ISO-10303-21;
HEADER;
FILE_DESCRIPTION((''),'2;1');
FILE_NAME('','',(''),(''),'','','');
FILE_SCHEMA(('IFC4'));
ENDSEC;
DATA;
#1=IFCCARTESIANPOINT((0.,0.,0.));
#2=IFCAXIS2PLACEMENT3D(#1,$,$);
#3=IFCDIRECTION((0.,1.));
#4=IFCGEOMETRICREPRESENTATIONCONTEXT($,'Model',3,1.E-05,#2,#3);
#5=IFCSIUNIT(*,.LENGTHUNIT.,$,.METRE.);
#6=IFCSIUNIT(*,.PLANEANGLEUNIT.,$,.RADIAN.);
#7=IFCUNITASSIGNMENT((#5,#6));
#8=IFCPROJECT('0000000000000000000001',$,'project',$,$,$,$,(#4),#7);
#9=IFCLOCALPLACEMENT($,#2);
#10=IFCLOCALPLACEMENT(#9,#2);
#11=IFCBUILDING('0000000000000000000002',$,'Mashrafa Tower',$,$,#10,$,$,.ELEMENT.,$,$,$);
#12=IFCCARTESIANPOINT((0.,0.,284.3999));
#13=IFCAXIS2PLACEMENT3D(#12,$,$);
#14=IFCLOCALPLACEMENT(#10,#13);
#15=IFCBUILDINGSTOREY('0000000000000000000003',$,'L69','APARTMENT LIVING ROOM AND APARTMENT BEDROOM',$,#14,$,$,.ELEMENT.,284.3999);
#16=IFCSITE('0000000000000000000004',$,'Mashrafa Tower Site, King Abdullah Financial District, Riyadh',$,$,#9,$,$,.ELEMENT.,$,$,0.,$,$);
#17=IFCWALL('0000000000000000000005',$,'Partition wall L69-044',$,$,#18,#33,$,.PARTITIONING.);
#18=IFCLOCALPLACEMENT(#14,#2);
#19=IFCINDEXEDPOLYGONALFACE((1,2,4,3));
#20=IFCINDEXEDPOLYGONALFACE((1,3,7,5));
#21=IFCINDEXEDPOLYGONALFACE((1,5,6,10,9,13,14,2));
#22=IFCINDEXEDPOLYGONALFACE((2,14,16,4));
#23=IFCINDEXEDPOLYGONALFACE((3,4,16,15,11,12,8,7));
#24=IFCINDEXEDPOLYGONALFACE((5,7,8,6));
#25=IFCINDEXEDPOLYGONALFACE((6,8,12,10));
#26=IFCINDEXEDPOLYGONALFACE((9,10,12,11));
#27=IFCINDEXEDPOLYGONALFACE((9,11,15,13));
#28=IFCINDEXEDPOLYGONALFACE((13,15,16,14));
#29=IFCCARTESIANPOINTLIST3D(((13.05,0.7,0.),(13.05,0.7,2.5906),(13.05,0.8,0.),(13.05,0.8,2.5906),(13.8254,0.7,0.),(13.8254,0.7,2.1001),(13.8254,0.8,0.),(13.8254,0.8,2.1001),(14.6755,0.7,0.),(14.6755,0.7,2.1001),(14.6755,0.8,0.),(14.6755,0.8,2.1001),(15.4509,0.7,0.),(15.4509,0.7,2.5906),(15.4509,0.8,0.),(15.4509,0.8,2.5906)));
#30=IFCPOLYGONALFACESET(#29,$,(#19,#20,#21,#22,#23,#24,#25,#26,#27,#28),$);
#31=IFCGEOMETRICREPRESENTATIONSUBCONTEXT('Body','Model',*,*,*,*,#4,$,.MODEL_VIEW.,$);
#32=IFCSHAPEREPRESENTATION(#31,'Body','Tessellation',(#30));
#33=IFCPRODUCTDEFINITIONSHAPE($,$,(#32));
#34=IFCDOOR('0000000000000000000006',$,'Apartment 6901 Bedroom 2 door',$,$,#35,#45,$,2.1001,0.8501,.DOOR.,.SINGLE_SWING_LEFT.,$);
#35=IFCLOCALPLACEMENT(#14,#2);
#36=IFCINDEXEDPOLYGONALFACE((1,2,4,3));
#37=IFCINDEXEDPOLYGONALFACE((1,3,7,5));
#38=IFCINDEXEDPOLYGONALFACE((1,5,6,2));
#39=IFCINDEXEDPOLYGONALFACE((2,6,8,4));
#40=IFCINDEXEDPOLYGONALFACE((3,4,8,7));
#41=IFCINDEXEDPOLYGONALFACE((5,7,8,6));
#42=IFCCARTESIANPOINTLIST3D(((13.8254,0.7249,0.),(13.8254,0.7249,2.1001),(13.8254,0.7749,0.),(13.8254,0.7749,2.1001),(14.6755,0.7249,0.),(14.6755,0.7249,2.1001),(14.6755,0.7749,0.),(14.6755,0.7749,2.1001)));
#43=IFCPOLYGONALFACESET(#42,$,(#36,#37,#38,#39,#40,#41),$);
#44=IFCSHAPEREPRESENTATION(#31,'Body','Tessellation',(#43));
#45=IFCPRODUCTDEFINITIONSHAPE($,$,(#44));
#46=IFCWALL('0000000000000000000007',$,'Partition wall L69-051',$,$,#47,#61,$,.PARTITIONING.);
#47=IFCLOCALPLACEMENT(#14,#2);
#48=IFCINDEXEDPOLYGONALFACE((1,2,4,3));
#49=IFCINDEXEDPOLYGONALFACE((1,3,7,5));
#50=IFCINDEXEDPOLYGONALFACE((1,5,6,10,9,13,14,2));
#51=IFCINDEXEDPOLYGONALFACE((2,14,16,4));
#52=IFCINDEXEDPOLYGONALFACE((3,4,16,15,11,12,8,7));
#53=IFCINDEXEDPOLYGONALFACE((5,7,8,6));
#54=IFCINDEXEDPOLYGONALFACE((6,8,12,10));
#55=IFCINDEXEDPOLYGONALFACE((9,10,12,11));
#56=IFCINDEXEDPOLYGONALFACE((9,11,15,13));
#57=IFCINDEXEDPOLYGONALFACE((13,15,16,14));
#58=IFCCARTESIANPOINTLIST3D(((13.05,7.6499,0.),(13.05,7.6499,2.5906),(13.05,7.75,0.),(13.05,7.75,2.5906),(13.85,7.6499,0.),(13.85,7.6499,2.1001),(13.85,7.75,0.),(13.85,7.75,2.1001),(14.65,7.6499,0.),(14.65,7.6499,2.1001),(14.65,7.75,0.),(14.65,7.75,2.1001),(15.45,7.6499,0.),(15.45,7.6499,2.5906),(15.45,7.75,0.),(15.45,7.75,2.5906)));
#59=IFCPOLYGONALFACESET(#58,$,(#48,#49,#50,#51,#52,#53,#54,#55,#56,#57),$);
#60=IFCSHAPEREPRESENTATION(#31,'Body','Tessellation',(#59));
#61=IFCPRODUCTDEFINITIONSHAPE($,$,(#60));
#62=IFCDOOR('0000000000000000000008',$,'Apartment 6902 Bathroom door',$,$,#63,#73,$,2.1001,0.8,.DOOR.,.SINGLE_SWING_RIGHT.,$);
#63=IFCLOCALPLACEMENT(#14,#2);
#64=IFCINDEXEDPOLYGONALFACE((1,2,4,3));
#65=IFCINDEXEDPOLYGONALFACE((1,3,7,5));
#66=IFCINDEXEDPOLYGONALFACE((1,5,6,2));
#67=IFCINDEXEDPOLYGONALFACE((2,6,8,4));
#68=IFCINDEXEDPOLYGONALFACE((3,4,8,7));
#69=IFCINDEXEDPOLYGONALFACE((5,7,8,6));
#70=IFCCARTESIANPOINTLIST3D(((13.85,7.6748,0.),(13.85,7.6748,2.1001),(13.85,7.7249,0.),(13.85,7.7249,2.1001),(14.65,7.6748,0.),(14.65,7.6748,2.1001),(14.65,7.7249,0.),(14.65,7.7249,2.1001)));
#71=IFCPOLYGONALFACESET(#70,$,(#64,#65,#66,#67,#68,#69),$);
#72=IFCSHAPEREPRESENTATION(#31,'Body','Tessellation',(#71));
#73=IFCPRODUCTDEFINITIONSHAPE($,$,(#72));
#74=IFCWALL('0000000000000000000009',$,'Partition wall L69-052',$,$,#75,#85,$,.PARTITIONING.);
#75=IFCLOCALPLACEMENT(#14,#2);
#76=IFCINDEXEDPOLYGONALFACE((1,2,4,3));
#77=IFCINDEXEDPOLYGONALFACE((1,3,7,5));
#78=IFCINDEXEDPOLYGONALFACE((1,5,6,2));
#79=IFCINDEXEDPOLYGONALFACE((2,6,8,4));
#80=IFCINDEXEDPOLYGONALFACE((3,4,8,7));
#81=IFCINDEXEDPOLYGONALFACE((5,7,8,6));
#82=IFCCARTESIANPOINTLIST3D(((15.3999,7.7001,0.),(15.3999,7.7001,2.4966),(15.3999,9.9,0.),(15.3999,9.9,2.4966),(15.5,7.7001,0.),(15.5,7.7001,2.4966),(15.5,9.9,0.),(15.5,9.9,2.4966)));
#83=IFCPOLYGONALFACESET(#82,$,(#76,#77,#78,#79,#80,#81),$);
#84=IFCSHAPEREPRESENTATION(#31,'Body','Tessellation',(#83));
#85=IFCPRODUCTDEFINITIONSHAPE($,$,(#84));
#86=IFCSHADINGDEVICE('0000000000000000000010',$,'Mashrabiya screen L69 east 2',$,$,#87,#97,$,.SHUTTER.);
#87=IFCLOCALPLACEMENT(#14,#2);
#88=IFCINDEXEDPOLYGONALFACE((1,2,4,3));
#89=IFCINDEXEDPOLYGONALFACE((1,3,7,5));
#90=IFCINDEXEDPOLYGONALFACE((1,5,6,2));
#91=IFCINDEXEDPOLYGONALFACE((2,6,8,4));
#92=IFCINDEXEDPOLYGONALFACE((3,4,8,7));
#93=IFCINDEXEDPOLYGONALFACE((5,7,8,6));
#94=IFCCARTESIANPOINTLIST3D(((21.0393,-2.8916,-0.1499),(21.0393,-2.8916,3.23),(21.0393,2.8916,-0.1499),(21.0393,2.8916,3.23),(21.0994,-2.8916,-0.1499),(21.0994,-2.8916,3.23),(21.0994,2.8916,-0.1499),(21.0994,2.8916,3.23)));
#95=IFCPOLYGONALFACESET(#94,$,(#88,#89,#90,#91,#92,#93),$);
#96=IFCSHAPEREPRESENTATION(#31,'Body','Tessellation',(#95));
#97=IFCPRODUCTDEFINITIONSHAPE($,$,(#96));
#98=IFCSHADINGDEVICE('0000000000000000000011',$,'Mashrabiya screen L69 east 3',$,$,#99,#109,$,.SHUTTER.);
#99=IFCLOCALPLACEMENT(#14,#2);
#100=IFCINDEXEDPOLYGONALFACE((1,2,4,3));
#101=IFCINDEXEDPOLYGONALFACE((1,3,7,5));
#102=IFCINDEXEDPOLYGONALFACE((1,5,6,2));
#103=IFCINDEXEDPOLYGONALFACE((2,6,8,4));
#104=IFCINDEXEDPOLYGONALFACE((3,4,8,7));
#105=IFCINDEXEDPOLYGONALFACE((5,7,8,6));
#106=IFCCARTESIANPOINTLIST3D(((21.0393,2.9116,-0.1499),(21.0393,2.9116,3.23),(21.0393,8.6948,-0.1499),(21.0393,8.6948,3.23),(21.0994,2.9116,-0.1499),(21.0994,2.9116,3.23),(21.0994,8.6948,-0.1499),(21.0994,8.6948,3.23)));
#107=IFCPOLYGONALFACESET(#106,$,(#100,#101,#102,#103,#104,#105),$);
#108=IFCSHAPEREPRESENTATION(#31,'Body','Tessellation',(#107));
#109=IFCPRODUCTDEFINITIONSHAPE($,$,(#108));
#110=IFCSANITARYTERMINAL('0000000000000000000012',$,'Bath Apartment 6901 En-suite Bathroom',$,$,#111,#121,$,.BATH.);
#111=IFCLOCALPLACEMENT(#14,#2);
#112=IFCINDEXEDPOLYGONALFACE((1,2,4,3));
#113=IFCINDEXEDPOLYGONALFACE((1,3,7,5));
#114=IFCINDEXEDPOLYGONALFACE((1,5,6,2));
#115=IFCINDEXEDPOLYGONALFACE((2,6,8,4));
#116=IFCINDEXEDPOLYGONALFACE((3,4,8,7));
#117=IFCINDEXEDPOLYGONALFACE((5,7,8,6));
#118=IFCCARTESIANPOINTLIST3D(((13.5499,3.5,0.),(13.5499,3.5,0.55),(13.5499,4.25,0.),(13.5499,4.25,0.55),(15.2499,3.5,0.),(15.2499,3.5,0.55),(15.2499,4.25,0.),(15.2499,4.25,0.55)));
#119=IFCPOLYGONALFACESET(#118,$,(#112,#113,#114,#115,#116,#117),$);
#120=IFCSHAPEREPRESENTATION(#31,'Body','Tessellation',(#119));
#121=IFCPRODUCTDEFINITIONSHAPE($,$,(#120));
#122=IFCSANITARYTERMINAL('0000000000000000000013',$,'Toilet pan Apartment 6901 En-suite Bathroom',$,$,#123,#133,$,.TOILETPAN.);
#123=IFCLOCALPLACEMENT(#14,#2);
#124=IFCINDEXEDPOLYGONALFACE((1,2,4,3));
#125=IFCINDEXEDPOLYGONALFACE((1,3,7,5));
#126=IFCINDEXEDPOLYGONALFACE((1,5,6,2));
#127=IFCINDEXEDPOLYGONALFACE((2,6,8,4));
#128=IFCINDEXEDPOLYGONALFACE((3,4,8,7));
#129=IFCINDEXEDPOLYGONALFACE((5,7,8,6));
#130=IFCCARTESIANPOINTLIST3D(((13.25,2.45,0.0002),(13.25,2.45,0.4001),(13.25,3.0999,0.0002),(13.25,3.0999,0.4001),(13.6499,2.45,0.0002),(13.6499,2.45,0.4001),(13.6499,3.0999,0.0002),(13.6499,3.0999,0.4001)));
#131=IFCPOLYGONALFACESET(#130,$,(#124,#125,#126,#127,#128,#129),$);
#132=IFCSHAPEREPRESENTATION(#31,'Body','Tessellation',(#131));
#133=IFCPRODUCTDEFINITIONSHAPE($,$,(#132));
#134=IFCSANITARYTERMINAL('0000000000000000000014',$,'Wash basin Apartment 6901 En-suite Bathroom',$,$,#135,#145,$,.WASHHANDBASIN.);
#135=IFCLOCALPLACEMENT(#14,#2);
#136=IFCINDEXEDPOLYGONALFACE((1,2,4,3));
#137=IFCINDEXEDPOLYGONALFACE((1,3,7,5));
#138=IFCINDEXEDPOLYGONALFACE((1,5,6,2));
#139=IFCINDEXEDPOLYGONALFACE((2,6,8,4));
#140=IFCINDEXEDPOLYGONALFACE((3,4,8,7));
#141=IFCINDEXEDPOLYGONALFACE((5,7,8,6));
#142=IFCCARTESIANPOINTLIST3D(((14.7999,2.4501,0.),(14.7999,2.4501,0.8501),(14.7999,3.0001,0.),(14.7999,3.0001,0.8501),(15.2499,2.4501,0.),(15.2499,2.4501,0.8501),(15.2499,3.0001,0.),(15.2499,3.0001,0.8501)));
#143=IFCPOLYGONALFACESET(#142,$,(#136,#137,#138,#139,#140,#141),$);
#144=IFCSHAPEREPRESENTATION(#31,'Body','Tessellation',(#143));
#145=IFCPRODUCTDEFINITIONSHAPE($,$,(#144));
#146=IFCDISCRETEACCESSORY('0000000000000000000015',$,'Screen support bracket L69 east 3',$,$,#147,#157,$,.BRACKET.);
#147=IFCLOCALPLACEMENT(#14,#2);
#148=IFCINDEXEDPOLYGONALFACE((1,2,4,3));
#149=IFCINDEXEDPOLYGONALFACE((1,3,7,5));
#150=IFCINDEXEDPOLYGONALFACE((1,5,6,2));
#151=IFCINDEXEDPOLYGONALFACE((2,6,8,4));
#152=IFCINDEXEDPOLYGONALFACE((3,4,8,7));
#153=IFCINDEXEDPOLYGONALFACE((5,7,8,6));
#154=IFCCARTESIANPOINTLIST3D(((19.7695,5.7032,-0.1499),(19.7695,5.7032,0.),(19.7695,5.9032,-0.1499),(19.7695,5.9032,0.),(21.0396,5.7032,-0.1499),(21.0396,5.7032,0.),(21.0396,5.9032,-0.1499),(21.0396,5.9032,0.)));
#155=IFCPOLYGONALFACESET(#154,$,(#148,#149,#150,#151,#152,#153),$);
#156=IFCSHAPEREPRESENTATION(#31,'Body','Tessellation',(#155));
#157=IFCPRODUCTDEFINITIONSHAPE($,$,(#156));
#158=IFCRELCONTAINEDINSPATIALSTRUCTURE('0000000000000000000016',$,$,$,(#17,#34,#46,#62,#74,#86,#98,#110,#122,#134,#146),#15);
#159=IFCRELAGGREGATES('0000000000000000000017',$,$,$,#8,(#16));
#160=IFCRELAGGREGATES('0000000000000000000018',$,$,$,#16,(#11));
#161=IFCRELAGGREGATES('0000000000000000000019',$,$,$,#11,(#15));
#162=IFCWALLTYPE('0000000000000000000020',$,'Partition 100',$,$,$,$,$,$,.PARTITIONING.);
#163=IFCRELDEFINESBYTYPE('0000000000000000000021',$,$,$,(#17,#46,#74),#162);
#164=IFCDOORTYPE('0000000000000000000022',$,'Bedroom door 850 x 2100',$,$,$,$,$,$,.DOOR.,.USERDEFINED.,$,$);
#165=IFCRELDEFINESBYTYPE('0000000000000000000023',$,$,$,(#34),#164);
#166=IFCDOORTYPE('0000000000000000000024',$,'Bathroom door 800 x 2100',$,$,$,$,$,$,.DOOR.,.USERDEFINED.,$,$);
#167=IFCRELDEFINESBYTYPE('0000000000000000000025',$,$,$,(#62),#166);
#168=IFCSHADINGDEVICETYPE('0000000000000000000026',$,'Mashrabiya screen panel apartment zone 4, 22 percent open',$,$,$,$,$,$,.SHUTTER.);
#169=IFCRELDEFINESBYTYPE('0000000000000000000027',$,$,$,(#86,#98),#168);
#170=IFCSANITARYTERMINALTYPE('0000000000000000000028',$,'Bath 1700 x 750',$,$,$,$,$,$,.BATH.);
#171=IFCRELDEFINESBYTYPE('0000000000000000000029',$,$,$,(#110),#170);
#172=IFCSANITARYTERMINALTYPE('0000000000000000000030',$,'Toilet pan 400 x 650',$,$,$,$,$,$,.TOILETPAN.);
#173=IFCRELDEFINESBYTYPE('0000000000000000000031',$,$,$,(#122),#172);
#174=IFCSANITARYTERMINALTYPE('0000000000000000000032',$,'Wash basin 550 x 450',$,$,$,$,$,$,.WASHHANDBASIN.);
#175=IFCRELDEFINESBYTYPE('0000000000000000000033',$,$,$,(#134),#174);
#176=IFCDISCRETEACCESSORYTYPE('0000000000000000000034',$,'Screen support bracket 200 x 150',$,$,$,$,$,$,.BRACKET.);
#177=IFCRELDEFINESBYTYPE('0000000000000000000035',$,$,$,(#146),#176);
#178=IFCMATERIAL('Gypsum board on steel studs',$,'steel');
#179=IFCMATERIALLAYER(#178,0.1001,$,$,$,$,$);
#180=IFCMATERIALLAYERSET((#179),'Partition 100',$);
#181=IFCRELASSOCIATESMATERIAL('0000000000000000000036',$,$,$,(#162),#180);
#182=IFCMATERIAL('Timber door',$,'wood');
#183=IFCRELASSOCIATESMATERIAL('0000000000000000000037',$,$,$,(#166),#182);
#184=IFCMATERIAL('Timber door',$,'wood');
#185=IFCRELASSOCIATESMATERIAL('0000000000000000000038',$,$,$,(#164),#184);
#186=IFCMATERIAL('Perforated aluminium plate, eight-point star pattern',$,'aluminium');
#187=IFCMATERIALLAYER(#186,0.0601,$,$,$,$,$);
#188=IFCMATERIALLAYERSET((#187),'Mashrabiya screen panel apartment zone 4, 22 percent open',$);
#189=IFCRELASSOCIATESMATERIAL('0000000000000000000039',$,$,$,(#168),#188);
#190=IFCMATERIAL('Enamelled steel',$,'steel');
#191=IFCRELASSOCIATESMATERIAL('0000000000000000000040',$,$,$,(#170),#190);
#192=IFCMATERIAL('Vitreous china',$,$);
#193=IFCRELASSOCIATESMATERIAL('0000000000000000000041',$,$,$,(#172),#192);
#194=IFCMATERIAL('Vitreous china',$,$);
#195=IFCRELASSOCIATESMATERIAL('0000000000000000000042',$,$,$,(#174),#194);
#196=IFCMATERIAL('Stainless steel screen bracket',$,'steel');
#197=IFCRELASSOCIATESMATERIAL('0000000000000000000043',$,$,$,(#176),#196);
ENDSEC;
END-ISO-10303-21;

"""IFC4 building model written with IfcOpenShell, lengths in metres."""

from ifc_helpers import new_model, si_unit, direction, frame, frame_2d, origin, origin_2d, place, context, subcontext, project, spatial, rectangle, extrude, source, transform, mapped, material, layer, layer_set, type_object, type_shapes, element, fill, save


model = new_model("IFC4")

# Units and contexts
model_context = context("Model", 3, precision=1e-05, world=origin(), true_north=direction((0.0, 1.0)))
body_context = subcontext(model_context, "Body", "Model", "MODEL_VIEW")
ifc_project = project(units=[si_unit("LENGTHUNIT", "METRE"), si_unit("PLANEANGLEUNIT", "RADIAN")], contexts=[model_context])

# Site, building, storey
site_placement = place(None, origin())
site = spatial("IfcSite", under=ifc_project, at=site_placement, Name="Mashrafa Tower Site, King Abdullah Financial District, Riyadh", CompositionType="ELEMENT", RefElevation=0.0)
building_placement = place(site_placement, origin())
building = spatial("IfcBuilding", under=site, at=building_placement, Name="Mashrafa Tower", CompositionType="ELEMENT")
storey_placement = place(building_placement, frame((0.0, 0.0, 284.3999)))
storey = spatial("IfcBuildingStorey", under=building, at=storey_placement, Name="L69", Description="APARTMENT LIVING ROOM AND APARTMENT BEDROOM", CompositionType="ELEMENT", Elevation=284.3999)

# Shared definitions
ifc_material_1 = material(Name="Gypsum board on steel studs", Category="steel")
ifc_layer_1 = layer(ifc_material_1, 0.1001)
ifc_layer_set_1 = layer_set([ifc_layer_1], Name="Partition 100")
wall_type_1 = type_object("IfcWallType", Name="Partition 100", PredefinedType="PARTITIONING", material=ifc_layer_set_1)

# Shared definitions
ifc_material_2 = material(Name="Timber door", Category="wood")
door_type_1 = type_object("IfcDoorType", Name="Bathroom door 800 x 2100", OperationType="USERDEFINED", PredefinedType="DOOR", material=ifc_material_2)

# Walls, openings, doors
wall_1_placement = place(storey_placement, frame((13.05, 0.75, 0.0), z_axis=(0.0, 0.0, 1.0), x_axis=(1.0, 0.0, 0.0)))
wall_1 = element("IfcWall", 1, at=wall_1_placement, inside=storey, type_object=wall_type_1, Name="Partition wall L69-044", PredefinedType="PARTITIONING", context=body_context, shape_type="SweptSolid", body=[
    extrude(rectangle(XDim=2.4009, YDim=0.1001, at=frame_2d((1.2004, 0.0))), origin(), (0.0, 0.0, 1.0), 2.5906),
])
opening_1_placement = place(wall_1_placement, frame((0.7754, 0.0, 0.0)))
opening_1 = element("IfcOpeningElement", 2, at=opening_1_placement, cuts=wall_1, PredefinedType="OPENING", context=body_context, shape_type="SweptSolid", body=[
    extrude(rectangle(XDim=0.8501, YDim=2.1001, at=frame_2d((0.425, 1.05))), frame((0.0, 0.0601, 0.0), z_axis=(0.0, -1.0, 0.0), x_axis=(1.0, 0.0, 0.0)), (0.0, 0.0, 1.0), 0.1201),
])
ifc_material_3 = material(Name="Timber door", Category="wood")
door_type_2 = type_object("IfcDoorType", Name="Bedroom door 850 x 2100", OperationType="USERDEFINED", PredefinedType="DOOR", material=ifc_material_3)
door_1_placement = place(opening_1_placement, origin())
door_1 = element("IfcDoor", 3, at=door_1_placement, inside=storey, type_object=door_type_2, Name="Apartment 6901 Bedroom 2 door", OperationType="SINGLE_SWING_LEFT", OverallHeight=2.1001, OverallWidth=0.8501, PredefinedType="DOOR", context=body_context, shape_type="SweptSolid", body=[
    extrude(rectangle(XDim=0.8501, YDim=2.1001, at=frame_2d((0.425, 1.05))), frame((0.0, 0.0249, 0.0), z_axis=(0.0, -1.0, 0.0), x_axis=(1.0, 0.0, 0.0)), (0.0, 0.0, 1.0), 0.05),
])
fill(opening_1, door_1)
wall_2_placement = place(storey_placement, frame((13.05, 7.7, 0.0), z_axis=(0.0, 0.0, 1.0), x_axis=(1.0, 0.0, 0.0)))
wall_2 = element("IfcWall", 4, at=wall_2_placement, inside=storey, type_object=wall_type_1, Name="Partition wall L69-051", PredefinedType="PARTITIONING", context=body_context, shape_type="SweptSolid", body=[
    extrude(rectangle(XDim=2.3999, YDim=0.1001, at=frame_2d((1.2, 0.0))), origin(), (0.0, 0.0, 1.0), 2.5906),
])
opening_2_placement = place(wall_2_placement, frame((0.8, 0.0, 0.0)))
opening_2 = element("IfcOpeningElement", 5, at=opening_2_placement, cuts=wall_2, PredefinedType="OPENING", context=body_context, shape_type="SweptSolid", body=[
    extrude(rectangle(XDim=0.8, YDim=2.1001, at=frame_2d((0.3999, 1.05))), frame((0.0, 0.0601, 0.0), z_axis=(0.0, -1.0, 0.0), x_axis=(1.0, 0.0, 0.0)), (0.0, 0.0, 1.0), 0.1201),
])
door_2_placement = place(opening_2_placement, origin())
door_2 = element("IfcDoor", 6, at=door_2_placement, inside=storey, type_object=door_type_1, Name="Apartment 6902 Bathroom door", OperationType="SINGLE_SWING_RIGHT", OverallHeight=2.1001, OverallWidth=0.8, PredefinedType="DOOR", context=body_context, shape_type="SweptSolid", body=[
    extrude(rectangle(XDim=0.8, YDim=2.1001, at=frame_2d((0.3999, 1.05))), frame((0.0, 0.0249, 0.0), z_axis=(0.0, -1.0, 0.0), x_axis=(1.0, 0.0, 0.0)), (0.0, 0.0, 1.0), 0.05),
])
fill(opening_2, door_2)

# Wall
wall_3_placement = place(storey_placement, frame((15.45, 7.7, 0.0), z_axis=(0.0, 0.0, 1.0), x_axis=(0.0, 1.0, 0.0)))
element("IfcWall", 7, at=wall_3_placement, inside=storey, type_object=wall_type_1, Name="Partition wall L69-052", PredefinedType="PARTITIONING", context=body_context, shape_type="SweptSolid", body=[
    extrude(rectangle(XDim=2.2, YDim=0.1001, at=frame_2d((1.1001, 0.0))), origin(), (0.0, 0.0, 1.0), 2.4966),
])

# Shading devices
ifc_material_4 = material(Name="Perforated aluminium plate, eight-point star pattern", Category="aluminium")
ifc_layer_2 = layer(ifc_material_4, 0.0601)
ifc_layer_set_2 = layer_set([ifc_layer_2], Name="Mashrabiya screen panel apartment zone 4, 22 percent open")
shading_device_type = type_object("IfcShadingDeviceType", Name="Mashrabiya screen panel apartment zone 4, 22 percent open", PredefinedType="SHUTTER", material=ifc_layer_set_2)
shared_shape_1 = source(origin(), body_context, "Body", "SweptSolid", [
    extrude(rectangle(XDim=5.7832, YDim=0.0601, at=origin_2d()), origin(), (0.0, 0.0, 1.0), 3.3799),
])
type_shapes(shading_device_type, [shared_shape_1])
for number, where, z_axis, x_axis, name in (
    (8, (21.0693, 0.0, -0.1499), (0.0, 0.0, 1.0), (0.0, 1.0, 0.0), "Mashrabiya screen L69 east 2"),
    (9, (21.0693, 5.8032, -0.1499), (0.0, 0.0, 1.0), (0.0, 1.0, 0.0), "Mashrabiya screen L69 east 3"),
):
    element("IfcShadingDevice", number, at=place(storey_placement, frame(where, z_axis=z_axis, x_axis=x_axis)), inside=storey, type_object=shading_device_type, Name=name, PredefinedType="SHUTTER", context=body_context, shape_type="MappedRepresentation", body=[
        mapped(shared_shape_1, transform((0.0, 0.0, 0.0))),
    ])

# Sanitary terminals
ifc_material_5 = material(Name="Enamelled steel", Category="steel")
sanitary_terminal_type_1 = type_object("IfcSanitaryTerminalType", Name="Bath 1700 x 750", PredefinedType="BATH", material=ifc_material_5)
sanitary_terminal_1_placement = place(storey_placement, frame((14.3999, 3.875, 0.0), z_axis=(0.0, 0.0, 1.0), x_axis=(-1.0, 0.0, 0.0)))
element("IfcSanitaryTerminal", 10, at=sanitary_terminal_1_placement, inside=storey, type_object=sanitary_terminal_type_1, Name="Bath Apartment 6901 En-suite Bathroom", PredefinedType="BATH", context=body_context, shape_type="SweptSolid", body=[
    extrude(rectangle(XDim=1.7, YDim=0.75, at=origin_2d()), origin(), (0.0, 0.0, 1.0), 0.55),
])
ifc_material_6 = material(Name="Vitreous china")
sanitary_terminal_type_2 = type_object("IfcSanitaryTerminalType", Name="Toilet pan 400 x 650", PredefinedType="TOILETPAN", material=ifc_material_6)
sanitary_terminal_2_placement = place(storey_placement, frame((13.45, 2.7749, 0.0002), z_axis=(0.0, 0.0, 1.0), x_axis=(1.0, 0.0, 0.0)))
element("IfcSanitaryTerminal", 11, at=sanitary_terminal_2_placement, inside=storey, type_object=sanitary_terminal_type_2, Name="Toilet pan Apartment 6901 En-suite Bathroom", PredefinedType="TOILETPAN", context=body_context, shape_type="SweptSolid", body=[
    extrude(rectangle(XDim=0.3999, YDim=0.6499, at=origin_2d()), origin(), (0.0, 0.0, 1.0), 0.3999),
])
ifc_material_7 = material(Name="Vitreous china")
sanitary_terminal_type_3 = type_object("IfcSanitaryTerminalType", Name="Wash basin 550 x 450", PredefinedType="WASHHANDBASIN", material=ifc_material_7)
sanitary_terminal_3_placement = place(storey_placement, frame((15.0249, 2.7251, 0.0), z_axis=(0.0, 0.0, 1.0), x_axis=(0.0, 1.0, 0.0)))
element("IfcSanitaryTerminal", 12, at=sanitary_terminal_3_placement, inside=storey, type_object=sanitary_terminal_type_3, Name="Wash basin Apartment 6901 En-suite Bathroom", PredefinedType="WASHHANDBASIN", context=body_context, shape_type="SweptSolid", body=[
    extrude(rectangle(XDim=0.55, YDim=0.45, at=origin_2d()), origin(), (0.0, 0.0, 1.0), 0.8501),
])

# Discrete accessory
ifc_material_8 = material(Name="Stainless steel screen bracket", Category="steel")
discrete_accessory_type = type_object("IfcDiscreteAccessoryType", Name="Screen support bracket 200 x 150", PredefinedType="BRACKET", material=ifc_material_8)
shared_shape_2 = source(origin(), body_context, "Body", "SweptSolid", [
    extrude(rectangle(XDim=0.2, YDim=1.27, at=origin_2d()), origin(), (0.0, 0.0, 1.0), 0.1499),
])
type_shapes(discrete_accessory_type, [shared_shape_2])
discrete_accessory_placement = place(storey_placement, frame((20.4045, 5.8032, -0.1499), z_axis=(0.0, 0.0, 1.0), x_axis=(0.0, 1.0, 0.0)))
element("IfcDiscreteAccessory", 13, at=discrete_accessory_placement, inside=storey, type_object=discrete_accessory_type, Name="Screen support bracket L69 east 3", PredefinedType="BRACKET", context=body_context, shape_type="MappedRepresentation", body=[
    mapped(shared_shape_2, transform((0.0, 0.0, 0.0))),
])

save(model, "model.ifc")
